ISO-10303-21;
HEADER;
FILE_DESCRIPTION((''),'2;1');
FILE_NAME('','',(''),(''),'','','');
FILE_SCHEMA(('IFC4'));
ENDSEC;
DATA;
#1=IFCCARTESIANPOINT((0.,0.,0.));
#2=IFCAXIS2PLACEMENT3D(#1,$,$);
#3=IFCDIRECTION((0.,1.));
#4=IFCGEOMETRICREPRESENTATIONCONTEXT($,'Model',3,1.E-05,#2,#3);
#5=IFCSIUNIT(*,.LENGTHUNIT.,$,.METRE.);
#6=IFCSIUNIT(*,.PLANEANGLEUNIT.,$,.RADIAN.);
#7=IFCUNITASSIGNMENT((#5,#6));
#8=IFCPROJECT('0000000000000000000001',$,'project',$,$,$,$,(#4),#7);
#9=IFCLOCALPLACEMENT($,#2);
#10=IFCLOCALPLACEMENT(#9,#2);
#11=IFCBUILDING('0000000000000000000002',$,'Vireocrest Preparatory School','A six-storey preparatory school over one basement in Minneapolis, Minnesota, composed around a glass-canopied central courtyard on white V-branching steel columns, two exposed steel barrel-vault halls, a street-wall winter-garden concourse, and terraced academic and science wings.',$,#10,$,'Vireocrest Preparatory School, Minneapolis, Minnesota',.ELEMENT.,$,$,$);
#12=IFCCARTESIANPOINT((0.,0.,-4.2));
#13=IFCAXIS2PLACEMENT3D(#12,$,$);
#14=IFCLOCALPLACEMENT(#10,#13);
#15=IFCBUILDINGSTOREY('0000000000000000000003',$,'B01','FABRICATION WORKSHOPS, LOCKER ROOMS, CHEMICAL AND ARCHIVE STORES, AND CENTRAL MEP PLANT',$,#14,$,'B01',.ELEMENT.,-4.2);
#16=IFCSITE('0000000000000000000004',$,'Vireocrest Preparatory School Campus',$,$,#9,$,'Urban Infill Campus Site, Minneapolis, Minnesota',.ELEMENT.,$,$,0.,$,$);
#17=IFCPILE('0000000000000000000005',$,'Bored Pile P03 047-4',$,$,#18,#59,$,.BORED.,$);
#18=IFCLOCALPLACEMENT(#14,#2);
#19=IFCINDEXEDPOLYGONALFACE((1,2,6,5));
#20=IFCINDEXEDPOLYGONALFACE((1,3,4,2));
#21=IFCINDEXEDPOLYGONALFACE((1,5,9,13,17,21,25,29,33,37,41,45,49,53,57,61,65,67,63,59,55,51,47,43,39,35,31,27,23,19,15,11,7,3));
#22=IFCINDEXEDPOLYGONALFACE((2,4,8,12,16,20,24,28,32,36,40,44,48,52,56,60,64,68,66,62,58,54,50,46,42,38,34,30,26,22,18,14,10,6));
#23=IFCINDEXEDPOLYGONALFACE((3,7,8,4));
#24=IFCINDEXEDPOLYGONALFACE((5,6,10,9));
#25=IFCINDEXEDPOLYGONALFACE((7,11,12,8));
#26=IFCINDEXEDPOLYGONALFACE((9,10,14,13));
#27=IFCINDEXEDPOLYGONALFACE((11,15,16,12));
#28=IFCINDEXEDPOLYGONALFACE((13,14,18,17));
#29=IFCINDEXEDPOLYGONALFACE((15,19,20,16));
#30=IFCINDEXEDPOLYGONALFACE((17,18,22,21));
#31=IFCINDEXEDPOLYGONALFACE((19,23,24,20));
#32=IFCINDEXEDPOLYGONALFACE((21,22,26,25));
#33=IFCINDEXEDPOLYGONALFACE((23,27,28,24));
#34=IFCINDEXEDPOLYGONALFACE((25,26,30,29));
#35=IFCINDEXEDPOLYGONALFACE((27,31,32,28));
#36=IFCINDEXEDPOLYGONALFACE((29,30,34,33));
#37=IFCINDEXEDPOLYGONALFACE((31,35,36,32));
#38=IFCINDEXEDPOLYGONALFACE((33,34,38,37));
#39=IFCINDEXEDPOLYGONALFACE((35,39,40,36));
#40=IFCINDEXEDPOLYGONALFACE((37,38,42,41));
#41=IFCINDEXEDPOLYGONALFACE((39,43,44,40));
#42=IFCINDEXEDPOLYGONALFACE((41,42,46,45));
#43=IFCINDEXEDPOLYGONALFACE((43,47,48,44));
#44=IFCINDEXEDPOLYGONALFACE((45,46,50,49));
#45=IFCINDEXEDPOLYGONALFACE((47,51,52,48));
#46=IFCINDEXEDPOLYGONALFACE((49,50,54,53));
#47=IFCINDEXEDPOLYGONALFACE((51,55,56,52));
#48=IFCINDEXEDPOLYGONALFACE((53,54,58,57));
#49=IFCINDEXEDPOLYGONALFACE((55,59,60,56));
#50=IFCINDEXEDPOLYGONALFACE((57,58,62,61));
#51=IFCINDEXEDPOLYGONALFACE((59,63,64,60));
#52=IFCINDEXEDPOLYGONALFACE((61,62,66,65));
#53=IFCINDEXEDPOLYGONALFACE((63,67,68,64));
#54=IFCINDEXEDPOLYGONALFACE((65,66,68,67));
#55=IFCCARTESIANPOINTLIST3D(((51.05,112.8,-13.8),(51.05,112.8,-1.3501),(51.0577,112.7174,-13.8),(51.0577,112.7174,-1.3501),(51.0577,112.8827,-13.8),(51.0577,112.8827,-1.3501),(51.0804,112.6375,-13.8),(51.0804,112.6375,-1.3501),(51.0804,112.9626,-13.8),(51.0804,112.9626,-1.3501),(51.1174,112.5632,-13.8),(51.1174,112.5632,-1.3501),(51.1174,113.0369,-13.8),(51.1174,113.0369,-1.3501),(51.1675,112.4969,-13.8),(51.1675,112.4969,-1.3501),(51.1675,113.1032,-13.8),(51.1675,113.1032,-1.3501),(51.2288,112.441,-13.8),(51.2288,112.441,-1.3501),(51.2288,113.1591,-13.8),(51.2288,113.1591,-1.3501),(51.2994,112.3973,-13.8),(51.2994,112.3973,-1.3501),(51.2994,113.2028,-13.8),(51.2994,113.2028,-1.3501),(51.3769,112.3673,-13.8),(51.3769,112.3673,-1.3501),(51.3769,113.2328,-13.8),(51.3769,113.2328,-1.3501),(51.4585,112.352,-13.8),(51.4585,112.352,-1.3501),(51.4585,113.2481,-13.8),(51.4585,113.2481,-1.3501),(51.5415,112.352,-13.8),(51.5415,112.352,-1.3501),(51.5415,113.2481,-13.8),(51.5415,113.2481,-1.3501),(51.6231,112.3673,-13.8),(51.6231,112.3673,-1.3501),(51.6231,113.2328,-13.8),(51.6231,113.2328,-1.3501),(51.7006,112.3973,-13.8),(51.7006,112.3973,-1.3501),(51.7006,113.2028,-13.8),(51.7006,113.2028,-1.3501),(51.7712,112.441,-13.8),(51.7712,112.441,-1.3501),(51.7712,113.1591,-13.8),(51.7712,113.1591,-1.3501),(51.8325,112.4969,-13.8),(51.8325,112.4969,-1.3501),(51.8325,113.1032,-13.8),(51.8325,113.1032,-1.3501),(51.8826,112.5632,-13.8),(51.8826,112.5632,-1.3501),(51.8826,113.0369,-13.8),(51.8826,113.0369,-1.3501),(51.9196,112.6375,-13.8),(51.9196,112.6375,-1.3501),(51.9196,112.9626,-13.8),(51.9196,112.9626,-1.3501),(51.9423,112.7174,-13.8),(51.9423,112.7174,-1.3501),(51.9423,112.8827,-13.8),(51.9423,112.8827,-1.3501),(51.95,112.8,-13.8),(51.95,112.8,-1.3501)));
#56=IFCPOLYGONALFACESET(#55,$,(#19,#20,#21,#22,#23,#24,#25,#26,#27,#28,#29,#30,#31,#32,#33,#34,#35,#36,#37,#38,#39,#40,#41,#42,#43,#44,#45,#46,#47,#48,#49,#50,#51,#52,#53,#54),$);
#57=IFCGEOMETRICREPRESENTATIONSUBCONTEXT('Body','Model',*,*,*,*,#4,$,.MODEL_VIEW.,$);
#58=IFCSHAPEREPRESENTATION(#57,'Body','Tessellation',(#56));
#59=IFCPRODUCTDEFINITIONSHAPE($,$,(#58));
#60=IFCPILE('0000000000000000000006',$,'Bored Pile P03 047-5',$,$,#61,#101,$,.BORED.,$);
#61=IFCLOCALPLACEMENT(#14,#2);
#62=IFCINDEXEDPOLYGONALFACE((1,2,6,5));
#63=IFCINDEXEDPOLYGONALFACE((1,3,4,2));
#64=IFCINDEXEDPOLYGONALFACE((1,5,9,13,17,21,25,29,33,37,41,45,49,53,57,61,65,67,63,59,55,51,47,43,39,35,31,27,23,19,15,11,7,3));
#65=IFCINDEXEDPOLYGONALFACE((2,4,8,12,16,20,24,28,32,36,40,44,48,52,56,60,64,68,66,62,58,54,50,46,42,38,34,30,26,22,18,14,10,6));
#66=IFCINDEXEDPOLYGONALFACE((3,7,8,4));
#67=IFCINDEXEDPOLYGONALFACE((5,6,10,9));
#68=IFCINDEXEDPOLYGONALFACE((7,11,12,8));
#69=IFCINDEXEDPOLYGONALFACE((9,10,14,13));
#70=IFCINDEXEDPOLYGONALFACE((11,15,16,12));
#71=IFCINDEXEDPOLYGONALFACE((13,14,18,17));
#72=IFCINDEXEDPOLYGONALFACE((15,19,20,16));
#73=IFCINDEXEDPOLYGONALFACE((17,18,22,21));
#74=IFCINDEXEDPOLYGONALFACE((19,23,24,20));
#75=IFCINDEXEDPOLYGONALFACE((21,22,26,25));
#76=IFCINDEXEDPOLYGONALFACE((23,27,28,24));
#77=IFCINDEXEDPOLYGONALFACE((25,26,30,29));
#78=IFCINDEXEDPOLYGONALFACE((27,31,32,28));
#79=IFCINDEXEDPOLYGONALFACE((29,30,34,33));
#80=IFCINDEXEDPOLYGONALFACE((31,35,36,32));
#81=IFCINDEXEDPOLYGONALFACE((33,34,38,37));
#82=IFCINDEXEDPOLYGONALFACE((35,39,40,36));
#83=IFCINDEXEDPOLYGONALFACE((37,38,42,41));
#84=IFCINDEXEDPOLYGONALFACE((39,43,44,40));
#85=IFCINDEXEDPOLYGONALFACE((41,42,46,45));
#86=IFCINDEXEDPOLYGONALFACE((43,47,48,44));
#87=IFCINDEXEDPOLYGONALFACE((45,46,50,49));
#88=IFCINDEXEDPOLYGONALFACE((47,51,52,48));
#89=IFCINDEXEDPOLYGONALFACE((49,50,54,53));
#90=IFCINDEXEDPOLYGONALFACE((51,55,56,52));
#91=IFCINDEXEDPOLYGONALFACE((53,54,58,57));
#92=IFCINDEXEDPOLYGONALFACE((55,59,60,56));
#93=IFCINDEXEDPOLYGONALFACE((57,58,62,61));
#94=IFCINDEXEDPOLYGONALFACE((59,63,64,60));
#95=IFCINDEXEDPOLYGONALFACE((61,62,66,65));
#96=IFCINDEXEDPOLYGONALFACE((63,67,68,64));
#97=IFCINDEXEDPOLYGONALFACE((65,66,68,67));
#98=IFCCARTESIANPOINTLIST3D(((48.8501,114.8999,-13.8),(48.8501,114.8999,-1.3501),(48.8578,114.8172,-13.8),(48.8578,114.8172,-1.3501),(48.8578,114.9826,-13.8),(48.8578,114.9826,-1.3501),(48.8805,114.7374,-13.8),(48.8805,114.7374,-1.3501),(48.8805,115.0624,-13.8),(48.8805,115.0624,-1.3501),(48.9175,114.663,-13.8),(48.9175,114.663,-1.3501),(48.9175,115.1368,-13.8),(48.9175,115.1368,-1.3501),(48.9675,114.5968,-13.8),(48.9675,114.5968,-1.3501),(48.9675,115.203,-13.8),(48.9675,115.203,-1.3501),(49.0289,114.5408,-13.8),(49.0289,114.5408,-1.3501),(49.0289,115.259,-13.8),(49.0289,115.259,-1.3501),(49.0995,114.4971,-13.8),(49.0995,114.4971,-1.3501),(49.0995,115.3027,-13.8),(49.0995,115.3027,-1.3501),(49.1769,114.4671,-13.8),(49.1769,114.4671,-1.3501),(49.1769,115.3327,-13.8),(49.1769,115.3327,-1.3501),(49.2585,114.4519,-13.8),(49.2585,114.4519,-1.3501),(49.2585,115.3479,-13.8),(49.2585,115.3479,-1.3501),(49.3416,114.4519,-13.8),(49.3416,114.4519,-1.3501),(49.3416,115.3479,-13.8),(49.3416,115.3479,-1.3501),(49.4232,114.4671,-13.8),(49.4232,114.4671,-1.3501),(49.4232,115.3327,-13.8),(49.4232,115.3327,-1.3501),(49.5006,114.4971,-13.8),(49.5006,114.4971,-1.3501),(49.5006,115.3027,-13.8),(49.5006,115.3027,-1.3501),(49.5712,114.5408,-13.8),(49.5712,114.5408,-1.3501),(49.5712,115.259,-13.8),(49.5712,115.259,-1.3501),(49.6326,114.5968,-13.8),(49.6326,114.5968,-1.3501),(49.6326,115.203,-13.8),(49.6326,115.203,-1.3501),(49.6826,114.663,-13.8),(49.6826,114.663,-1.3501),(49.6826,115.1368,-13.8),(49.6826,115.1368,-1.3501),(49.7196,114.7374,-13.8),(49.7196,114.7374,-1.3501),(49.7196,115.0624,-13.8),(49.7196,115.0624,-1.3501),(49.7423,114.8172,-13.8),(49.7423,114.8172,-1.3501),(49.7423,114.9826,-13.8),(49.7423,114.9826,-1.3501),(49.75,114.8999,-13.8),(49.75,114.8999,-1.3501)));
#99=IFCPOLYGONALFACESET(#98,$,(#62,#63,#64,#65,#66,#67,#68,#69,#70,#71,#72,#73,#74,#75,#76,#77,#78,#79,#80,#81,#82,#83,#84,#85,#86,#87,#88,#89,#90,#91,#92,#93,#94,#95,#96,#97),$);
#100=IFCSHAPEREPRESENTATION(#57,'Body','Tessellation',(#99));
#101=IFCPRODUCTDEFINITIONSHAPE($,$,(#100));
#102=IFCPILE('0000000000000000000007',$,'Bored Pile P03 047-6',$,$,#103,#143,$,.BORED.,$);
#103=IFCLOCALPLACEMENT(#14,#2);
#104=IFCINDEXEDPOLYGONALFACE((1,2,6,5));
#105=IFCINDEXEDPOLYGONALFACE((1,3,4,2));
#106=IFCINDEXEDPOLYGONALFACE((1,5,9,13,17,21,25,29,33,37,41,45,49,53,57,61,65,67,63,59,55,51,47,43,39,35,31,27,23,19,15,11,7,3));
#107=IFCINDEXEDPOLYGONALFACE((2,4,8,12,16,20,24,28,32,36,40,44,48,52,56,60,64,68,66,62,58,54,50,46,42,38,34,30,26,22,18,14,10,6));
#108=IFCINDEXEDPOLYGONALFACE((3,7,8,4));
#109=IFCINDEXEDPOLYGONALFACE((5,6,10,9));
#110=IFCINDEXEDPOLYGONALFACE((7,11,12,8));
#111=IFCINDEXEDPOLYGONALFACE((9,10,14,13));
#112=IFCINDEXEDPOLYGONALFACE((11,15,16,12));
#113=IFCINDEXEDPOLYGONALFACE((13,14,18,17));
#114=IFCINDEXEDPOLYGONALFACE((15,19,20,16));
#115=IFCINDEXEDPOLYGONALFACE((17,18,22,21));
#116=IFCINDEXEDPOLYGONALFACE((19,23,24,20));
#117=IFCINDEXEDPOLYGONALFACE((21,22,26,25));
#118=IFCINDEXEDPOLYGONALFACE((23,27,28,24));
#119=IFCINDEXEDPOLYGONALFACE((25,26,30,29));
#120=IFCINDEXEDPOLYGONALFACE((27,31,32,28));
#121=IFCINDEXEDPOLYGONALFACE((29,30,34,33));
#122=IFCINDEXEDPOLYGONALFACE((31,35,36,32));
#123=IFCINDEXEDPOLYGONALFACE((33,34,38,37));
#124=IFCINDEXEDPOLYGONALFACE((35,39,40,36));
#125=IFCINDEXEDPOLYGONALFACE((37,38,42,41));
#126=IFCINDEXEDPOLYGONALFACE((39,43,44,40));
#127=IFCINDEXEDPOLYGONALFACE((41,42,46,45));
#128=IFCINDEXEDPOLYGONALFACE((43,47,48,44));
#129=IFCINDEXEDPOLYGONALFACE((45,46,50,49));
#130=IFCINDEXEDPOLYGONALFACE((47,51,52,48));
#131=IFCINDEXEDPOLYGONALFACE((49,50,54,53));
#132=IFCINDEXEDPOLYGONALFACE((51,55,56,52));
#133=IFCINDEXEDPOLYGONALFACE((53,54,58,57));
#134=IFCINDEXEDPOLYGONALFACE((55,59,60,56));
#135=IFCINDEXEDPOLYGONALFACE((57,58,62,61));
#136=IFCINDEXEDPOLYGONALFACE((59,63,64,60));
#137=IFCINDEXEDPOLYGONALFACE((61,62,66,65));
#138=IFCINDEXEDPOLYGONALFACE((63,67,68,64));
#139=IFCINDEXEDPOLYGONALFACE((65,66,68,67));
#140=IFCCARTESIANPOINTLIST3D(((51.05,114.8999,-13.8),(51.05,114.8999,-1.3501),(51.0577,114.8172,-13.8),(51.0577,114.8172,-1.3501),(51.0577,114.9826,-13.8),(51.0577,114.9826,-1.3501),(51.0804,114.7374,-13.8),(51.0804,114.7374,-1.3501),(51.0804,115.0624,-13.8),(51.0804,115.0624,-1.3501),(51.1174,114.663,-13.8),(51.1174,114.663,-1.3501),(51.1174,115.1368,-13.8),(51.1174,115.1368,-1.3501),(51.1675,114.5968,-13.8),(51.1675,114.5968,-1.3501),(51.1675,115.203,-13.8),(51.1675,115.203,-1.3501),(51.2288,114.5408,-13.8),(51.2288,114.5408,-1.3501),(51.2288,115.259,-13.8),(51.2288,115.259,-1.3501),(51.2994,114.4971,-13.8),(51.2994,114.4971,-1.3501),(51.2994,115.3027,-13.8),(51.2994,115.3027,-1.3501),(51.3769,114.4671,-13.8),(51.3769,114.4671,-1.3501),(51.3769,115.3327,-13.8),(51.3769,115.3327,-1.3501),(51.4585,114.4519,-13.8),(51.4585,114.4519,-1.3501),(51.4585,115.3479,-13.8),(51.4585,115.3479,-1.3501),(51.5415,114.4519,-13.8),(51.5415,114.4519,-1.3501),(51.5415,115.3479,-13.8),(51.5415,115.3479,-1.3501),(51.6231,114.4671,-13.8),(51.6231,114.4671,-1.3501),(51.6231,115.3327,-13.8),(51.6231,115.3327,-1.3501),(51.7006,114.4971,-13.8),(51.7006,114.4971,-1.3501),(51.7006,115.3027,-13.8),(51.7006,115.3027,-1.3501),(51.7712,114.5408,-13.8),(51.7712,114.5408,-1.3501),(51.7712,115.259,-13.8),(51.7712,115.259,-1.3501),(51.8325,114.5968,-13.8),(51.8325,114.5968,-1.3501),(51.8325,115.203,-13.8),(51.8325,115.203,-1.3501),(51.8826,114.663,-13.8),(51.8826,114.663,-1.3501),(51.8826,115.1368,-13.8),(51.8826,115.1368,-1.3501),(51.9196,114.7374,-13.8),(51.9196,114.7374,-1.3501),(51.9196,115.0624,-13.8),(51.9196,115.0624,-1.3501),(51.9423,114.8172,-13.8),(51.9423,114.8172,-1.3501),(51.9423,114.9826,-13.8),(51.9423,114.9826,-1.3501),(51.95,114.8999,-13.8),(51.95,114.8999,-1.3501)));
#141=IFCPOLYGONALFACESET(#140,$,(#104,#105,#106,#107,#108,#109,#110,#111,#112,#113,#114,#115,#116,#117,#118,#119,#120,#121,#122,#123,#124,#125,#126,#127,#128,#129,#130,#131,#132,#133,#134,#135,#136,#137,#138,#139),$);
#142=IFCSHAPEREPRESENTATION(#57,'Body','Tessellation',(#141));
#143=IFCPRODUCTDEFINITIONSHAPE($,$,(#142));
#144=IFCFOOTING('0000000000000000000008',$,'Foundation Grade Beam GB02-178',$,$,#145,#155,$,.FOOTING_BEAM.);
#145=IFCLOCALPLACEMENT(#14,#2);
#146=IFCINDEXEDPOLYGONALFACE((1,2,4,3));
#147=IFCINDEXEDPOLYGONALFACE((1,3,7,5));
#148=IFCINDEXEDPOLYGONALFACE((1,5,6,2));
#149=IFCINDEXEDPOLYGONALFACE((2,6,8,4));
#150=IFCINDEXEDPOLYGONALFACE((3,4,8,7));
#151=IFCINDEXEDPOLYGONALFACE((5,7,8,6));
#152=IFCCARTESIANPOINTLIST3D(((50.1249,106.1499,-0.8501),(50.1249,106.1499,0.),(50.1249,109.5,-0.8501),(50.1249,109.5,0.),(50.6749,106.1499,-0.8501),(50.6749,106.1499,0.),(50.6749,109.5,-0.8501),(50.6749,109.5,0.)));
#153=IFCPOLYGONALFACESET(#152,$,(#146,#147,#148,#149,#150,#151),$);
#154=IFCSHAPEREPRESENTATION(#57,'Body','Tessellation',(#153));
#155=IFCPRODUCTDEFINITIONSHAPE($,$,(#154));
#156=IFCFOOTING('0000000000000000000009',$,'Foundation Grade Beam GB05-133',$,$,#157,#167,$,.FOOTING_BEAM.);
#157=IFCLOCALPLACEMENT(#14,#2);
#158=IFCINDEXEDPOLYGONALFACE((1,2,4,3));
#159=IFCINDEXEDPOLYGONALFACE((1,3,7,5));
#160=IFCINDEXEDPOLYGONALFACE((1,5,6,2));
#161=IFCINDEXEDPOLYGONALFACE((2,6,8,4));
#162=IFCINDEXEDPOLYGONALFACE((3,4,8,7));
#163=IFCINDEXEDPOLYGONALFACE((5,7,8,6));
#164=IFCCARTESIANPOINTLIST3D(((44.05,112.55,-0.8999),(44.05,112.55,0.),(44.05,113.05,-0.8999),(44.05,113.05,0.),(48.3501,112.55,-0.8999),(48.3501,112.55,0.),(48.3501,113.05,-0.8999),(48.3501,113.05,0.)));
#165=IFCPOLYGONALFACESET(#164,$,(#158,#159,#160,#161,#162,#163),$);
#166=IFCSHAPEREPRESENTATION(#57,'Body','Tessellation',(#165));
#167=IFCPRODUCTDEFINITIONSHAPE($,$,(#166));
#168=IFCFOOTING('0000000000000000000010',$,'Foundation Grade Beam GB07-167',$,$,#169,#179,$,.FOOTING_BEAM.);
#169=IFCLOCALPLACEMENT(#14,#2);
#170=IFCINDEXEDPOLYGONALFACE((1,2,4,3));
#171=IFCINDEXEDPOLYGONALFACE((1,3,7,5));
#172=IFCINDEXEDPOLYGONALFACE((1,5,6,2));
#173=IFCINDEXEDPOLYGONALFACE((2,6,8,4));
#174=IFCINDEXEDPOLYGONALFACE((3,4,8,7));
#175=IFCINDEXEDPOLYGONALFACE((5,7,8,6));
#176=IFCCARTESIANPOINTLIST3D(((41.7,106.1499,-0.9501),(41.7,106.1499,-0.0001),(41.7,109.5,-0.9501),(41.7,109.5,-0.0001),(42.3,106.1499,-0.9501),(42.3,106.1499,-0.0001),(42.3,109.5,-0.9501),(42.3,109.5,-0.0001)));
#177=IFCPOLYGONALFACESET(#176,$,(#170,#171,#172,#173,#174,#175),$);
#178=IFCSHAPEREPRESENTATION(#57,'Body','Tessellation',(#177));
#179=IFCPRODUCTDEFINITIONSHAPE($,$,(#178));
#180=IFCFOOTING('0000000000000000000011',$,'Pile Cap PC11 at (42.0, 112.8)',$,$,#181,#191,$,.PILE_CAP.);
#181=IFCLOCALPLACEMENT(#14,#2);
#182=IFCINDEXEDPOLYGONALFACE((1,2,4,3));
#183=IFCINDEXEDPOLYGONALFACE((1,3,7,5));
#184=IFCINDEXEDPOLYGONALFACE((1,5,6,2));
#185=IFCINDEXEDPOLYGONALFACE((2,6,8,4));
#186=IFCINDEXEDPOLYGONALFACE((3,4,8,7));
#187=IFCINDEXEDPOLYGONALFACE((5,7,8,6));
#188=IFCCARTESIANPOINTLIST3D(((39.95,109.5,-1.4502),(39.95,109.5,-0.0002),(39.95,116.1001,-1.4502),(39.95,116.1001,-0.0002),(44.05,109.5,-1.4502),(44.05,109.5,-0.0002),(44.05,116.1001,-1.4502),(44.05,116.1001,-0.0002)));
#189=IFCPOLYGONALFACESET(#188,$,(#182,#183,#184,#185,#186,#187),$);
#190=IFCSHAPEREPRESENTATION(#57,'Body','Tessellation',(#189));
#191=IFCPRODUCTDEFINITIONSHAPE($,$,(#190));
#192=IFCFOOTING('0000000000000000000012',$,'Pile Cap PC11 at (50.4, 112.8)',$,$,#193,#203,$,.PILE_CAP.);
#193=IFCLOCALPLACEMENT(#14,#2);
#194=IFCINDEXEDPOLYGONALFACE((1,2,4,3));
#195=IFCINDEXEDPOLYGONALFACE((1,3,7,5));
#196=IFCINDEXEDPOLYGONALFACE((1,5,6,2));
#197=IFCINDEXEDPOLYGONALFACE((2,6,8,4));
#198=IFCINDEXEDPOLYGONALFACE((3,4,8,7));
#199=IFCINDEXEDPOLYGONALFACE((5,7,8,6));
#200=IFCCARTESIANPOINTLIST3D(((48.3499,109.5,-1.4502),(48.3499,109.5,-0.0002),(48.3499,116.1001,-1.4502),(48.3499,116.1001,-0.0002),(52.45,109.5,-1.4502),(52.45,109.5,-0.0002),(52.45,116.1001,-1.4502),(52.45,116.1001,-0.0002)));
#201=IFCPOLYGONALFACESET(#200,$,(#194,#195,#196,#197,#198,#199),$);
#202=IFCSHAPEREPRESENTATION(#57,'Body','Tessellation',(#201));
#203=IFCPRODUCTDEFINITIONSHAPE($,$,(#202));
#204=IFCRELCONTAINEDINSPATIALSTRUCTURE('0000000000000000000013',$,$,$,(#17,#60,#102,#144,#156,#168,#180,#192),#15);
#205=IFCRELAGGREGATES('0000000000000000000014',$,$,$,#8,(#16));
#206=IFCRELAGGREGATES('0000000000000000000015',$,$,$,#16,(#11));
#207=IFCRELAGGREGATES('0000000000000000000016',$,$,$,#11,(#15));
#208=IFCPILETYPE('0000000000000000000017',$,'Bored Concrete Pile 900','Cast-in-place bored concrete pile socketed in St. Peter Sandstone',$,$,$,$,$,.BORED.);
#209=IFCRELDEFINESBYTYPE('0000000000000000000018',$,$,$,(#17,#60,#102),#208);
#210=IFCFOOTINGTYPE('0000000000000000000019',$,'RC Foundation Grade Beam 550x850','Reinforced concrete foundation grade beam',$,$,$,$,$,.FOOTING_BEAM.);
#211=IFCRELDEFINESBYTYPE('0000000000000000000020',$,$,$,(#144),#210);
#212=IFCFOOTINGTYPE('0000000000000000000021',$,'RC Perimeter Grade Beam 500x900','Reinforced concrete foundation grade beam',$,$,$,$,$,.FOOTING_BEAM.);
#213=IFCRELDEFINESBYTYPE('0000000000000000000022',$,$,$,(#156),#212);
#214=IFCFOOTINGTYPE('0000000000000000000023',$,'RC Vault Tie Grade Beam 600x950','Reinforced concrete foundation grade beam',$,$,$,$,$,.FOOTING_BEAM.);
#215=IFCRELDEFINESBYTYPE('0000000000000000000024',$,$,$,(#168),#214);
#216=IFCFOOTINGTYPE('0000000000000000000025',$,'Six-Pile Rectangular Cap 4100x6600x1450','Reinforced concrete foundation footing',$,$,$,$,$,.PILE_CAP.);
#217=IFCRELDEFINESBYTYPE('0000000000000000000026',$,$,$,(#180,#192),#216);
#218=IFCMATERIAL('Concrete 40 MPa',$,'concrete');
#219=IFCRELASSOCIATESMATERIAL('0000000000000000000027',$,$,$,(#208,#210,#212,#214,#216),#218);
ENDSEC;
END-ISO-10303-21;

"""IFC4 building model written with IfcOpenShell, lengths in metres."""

from ifc_helpers import new_model, si_unit, direction, frame, origin, origin_2d, place, context, subcontext, project, spatial, rectangle, circle, extrude, material, material_profile, profile_set, type_object, element, save


model = new_model("IFC4")

# Units and contexts
model_context = context("Model", 3, precision=1e-05, world=origin(), true_north=direction((0.0, 1.0)))
body_context = subcontext(model_context, "Body", "Model", "MODEL_VIEW")
ifc_project = project(units=[si_unit("LENGTHUNIT", "METRE"), si_unit("PLANEANGLEUNIT", "RADIAN")], contexts=[model_context])

# Site, building, storey
site_placement = place(None, origin())
site = spatial("IfcSite", under=ifc_project, at=site_placement, Name="Vireocrest Preparatory School Campus", LongName="Urban Infill Campus Site, Minneapolis, Minnesota", CompositionType="ELEMENT", RefElevation=0.0)
building_placement = place(site_placement, origin())
building = spatial("IfcBuilding", under=site, at=building_placement, Name="Vireocrest Preparatory School", Description="A six-storey preparatory school over one basement in Minneapolis, Minnesota, composed around a glass-canopied central courtyard on white V-branching steel columns, two exposed steel barrel-vault halls, a street-wall winter-garden concourse, and terraced academic and science wings.", LongName="Vireocrest Preparatory School, Minneapolis, Minnesota", CompositionType="ELEMENT")
storey_placement = place(building_placement, frame((0.0, 0.0, -4.2)))
storey = spatial("IfcBuildingStorey", under=building, at=storey_placement, Name="B01", Description="FABRICATION WORKSHOPS, LOCKER ROOMS, CHEMICAL AND ARCHIVE STORES, AND CENTRAL MEP PLANT", LongName="B01", CompositionType="ELEMENT", Elevation=-4.2)

# Piles
ifc_material_1 = material(Name="Concrete 40 MPa", Category="concrete")
ifc_material_profile_1 = material_profile(ifc_material_1, circle(Radius=0.45, at=origin_2d()), Name="BORED PILE 900")
ifc_profile_set_1 = profile_set([ifc_material_profile_1], Name="Concrete 40 MPa")
pile_type = type_object("IfcPileType", Name="Bored Concrete Pile 900", Description="Cast-in-place bored concrete pile socketed in St. Peter Sandstone", PredefinedType="BORED", material=ifc_profile_set_1)
for number, where, z_axis, x_axis, name in (
    (1, (51.5, 112.8, -1.3501), (0.0, 0.0, -1.0), (1.0, 0.0, 0.0), "Bored Pile P03 047-4"),
    (2, (49.3, 114.8999, -1.3501), (0.0, 0.0, -1.0), (1.0, 0.0, 0.0), "Bored Pile P03 047-5"),
    (3, (51.5, 114.8999, -1.3501), (0.0, 0.0, -1.0), (1.0, 0.0, 0.0), "Bored Pile P03 047-6"),
):
    element("IfcPile", number, at=place(storey_placement, frame(where, z_axis=z_axis, x_axis=x_axis)), inside=storey, type_object=pile_type, Name=name, PredefinedType="BORED", context=body_context, shape_type="SweptSolid", body=[
        extrude(circle(Radius=0.45, at=origin_2d()), origin(), (0.0, 0.0, 1.0), 12.45),
    ])

# Footings
ifc_material_profile_2 = material_profile(ifc_material_1, rectangle(XDim=0.55, YDim=0.8501, at=origin_2d()), Name="GB 550x850")
ifc_profile_set_2 = profile_set([ifc_material_profile_2], Name="Concrete 40 MPa")
footing_type_1 = type_object("IfcFootingType", Name="RC Foundation Grade Beam 550x850", Description="Reinforced concrete foundation grade beam", PredefinedType="FOOTING_BEAM", material=ifc_profile_set_2)
footing_1_placement = place(storey_placement, frame((50.3999, 106.1499, -0.425), z_axis=(0.0, 1.0, 0.0), x_axis=(-1.0, 0.0, 0.0)))
element("IfcFooting", 4, at=footing_1_placement, inside=storey, type_object=footing_type_1, Name="Foundation Grade Beam GB02-178", PredefinedType="FOOTING_BEAM", context=body_context, shape_type="SweptSolid", body=[
    extrude(rectangle(XDim=0.55, YDim=0.8501, at=origin_2d()), origin(), (0.0, 0.0, 1.0), 3.3501),
])
ifc_material_profile_3 = material_profile(ifc_material_1, rectangle(XDim=0.5, YDim=0.8999, at=origin_2d()), Name="GB 500x900")
ifc_profile_set_3 = profile_set([ifc_material_profile_3], Name="Concrete 40 MPa")
footing_type_2 = type_object("IfcFootingType", Name="RC Perimeter Grade Beam 500x900", Description="Reinforced concrete foundation grade beam", PredefinedType="FOOTING_BEAM", material=ifc_profile_set_3)
footing_2_placement = place(storey_placement, frame((44.05, 112.8, -0.45), z_axis=(1.0, 0.0, 0.0), x_axis=(0.0, 1.0, 0.0)))
element("IfcFooting", 5, at=footing_2_placement, inside=storey, type_object=footing_type_2, Name="Foundation Grade Beam GB05-133", PredefinedType="FOOTING_BEAM", context=body_context, shape_type="SweptSolid", body=[
    extrude(rectangle(XDim=0.5, YDim=0.8999, at=origin_2d()), origin(), (0.0, 0.0, 1.0), 4.3),
])
ifc_material_profile_4 = material_profile(ifc_material_1, rectangle(XDim=0.6001, YDim=0.95, at=origin_2d()), Name="GB 600x950")
ifc_profile_set_4 = profile_set([ifc_material_profile_4], Name="Concrete 40 MPa")
footing_type_3 = type_object("IfcFootingType", Name="RC Vault Tie Grade Beam 600x950", Description="Reinforced concrete foundation grade beam", PredefinedType="FOOTING_BEAM", material=ifc_profile_set_4)
footing_3_placement = place(storey_placement, frame((42.0, 106.1499, -0.4751), z_axis=(0.0, 1.0, 0.0), x_axis=(-1.0, 0.0, 0.0)))
element("IfcFooting", 6, at=footing_3_placement, inside=storey, type_object=footing_type_3, Name="Foundation Grade Beam GB07-167", PredefinedType="FOOTING_BEAM", context=body_context, shape_type="SweptSolid", body=[
    extrude(rectangle(XDim=0.6001, YDim=0.95, at=origin_2d()), origin(), (0.0, 0.0, 1.0), 3.3501),
])
footing_type_4 = type_object("IfcFootingType", Name="Six-Pile Rectangular Cap 4100x6600x1450", Description="Reinforced concrete foundation footing", PredefinedType="PILE_CAP", material=ifc_material_1)
for number, where, z_axis, x_axis, name in (
    (7, (42.0, 112.8, -1.4502), (0.0, 0.0, 1.0), (1.0, 0.0, 0.0), "Pile Cap PC11 at (42.0, 112.8)"),
    (8, (50.3999, 112.8, -1.4502), (0.0, 0.0, 1.0), (1.0, 0.0, 0.0), "Pile Cap PC11 at (50.4, 112.8)"),
):
    element("IfcFooting", number, at=place(storey_placement, frame(where, z_axis=z_axis, x_axis=x_axis)), inside=storey, type_object=footing_type_4, Name=name, PredefinedType="PILE_CAP", context=body_context, shape_type="SweptSolid", body=[
        extrude(rectangle(XDim=4.1001, YDim=6.6001, at=origin_2d()), origin(), (0.0, 0.0, 1.0), 1.45),
    ])

save(model, "model.ifc")
